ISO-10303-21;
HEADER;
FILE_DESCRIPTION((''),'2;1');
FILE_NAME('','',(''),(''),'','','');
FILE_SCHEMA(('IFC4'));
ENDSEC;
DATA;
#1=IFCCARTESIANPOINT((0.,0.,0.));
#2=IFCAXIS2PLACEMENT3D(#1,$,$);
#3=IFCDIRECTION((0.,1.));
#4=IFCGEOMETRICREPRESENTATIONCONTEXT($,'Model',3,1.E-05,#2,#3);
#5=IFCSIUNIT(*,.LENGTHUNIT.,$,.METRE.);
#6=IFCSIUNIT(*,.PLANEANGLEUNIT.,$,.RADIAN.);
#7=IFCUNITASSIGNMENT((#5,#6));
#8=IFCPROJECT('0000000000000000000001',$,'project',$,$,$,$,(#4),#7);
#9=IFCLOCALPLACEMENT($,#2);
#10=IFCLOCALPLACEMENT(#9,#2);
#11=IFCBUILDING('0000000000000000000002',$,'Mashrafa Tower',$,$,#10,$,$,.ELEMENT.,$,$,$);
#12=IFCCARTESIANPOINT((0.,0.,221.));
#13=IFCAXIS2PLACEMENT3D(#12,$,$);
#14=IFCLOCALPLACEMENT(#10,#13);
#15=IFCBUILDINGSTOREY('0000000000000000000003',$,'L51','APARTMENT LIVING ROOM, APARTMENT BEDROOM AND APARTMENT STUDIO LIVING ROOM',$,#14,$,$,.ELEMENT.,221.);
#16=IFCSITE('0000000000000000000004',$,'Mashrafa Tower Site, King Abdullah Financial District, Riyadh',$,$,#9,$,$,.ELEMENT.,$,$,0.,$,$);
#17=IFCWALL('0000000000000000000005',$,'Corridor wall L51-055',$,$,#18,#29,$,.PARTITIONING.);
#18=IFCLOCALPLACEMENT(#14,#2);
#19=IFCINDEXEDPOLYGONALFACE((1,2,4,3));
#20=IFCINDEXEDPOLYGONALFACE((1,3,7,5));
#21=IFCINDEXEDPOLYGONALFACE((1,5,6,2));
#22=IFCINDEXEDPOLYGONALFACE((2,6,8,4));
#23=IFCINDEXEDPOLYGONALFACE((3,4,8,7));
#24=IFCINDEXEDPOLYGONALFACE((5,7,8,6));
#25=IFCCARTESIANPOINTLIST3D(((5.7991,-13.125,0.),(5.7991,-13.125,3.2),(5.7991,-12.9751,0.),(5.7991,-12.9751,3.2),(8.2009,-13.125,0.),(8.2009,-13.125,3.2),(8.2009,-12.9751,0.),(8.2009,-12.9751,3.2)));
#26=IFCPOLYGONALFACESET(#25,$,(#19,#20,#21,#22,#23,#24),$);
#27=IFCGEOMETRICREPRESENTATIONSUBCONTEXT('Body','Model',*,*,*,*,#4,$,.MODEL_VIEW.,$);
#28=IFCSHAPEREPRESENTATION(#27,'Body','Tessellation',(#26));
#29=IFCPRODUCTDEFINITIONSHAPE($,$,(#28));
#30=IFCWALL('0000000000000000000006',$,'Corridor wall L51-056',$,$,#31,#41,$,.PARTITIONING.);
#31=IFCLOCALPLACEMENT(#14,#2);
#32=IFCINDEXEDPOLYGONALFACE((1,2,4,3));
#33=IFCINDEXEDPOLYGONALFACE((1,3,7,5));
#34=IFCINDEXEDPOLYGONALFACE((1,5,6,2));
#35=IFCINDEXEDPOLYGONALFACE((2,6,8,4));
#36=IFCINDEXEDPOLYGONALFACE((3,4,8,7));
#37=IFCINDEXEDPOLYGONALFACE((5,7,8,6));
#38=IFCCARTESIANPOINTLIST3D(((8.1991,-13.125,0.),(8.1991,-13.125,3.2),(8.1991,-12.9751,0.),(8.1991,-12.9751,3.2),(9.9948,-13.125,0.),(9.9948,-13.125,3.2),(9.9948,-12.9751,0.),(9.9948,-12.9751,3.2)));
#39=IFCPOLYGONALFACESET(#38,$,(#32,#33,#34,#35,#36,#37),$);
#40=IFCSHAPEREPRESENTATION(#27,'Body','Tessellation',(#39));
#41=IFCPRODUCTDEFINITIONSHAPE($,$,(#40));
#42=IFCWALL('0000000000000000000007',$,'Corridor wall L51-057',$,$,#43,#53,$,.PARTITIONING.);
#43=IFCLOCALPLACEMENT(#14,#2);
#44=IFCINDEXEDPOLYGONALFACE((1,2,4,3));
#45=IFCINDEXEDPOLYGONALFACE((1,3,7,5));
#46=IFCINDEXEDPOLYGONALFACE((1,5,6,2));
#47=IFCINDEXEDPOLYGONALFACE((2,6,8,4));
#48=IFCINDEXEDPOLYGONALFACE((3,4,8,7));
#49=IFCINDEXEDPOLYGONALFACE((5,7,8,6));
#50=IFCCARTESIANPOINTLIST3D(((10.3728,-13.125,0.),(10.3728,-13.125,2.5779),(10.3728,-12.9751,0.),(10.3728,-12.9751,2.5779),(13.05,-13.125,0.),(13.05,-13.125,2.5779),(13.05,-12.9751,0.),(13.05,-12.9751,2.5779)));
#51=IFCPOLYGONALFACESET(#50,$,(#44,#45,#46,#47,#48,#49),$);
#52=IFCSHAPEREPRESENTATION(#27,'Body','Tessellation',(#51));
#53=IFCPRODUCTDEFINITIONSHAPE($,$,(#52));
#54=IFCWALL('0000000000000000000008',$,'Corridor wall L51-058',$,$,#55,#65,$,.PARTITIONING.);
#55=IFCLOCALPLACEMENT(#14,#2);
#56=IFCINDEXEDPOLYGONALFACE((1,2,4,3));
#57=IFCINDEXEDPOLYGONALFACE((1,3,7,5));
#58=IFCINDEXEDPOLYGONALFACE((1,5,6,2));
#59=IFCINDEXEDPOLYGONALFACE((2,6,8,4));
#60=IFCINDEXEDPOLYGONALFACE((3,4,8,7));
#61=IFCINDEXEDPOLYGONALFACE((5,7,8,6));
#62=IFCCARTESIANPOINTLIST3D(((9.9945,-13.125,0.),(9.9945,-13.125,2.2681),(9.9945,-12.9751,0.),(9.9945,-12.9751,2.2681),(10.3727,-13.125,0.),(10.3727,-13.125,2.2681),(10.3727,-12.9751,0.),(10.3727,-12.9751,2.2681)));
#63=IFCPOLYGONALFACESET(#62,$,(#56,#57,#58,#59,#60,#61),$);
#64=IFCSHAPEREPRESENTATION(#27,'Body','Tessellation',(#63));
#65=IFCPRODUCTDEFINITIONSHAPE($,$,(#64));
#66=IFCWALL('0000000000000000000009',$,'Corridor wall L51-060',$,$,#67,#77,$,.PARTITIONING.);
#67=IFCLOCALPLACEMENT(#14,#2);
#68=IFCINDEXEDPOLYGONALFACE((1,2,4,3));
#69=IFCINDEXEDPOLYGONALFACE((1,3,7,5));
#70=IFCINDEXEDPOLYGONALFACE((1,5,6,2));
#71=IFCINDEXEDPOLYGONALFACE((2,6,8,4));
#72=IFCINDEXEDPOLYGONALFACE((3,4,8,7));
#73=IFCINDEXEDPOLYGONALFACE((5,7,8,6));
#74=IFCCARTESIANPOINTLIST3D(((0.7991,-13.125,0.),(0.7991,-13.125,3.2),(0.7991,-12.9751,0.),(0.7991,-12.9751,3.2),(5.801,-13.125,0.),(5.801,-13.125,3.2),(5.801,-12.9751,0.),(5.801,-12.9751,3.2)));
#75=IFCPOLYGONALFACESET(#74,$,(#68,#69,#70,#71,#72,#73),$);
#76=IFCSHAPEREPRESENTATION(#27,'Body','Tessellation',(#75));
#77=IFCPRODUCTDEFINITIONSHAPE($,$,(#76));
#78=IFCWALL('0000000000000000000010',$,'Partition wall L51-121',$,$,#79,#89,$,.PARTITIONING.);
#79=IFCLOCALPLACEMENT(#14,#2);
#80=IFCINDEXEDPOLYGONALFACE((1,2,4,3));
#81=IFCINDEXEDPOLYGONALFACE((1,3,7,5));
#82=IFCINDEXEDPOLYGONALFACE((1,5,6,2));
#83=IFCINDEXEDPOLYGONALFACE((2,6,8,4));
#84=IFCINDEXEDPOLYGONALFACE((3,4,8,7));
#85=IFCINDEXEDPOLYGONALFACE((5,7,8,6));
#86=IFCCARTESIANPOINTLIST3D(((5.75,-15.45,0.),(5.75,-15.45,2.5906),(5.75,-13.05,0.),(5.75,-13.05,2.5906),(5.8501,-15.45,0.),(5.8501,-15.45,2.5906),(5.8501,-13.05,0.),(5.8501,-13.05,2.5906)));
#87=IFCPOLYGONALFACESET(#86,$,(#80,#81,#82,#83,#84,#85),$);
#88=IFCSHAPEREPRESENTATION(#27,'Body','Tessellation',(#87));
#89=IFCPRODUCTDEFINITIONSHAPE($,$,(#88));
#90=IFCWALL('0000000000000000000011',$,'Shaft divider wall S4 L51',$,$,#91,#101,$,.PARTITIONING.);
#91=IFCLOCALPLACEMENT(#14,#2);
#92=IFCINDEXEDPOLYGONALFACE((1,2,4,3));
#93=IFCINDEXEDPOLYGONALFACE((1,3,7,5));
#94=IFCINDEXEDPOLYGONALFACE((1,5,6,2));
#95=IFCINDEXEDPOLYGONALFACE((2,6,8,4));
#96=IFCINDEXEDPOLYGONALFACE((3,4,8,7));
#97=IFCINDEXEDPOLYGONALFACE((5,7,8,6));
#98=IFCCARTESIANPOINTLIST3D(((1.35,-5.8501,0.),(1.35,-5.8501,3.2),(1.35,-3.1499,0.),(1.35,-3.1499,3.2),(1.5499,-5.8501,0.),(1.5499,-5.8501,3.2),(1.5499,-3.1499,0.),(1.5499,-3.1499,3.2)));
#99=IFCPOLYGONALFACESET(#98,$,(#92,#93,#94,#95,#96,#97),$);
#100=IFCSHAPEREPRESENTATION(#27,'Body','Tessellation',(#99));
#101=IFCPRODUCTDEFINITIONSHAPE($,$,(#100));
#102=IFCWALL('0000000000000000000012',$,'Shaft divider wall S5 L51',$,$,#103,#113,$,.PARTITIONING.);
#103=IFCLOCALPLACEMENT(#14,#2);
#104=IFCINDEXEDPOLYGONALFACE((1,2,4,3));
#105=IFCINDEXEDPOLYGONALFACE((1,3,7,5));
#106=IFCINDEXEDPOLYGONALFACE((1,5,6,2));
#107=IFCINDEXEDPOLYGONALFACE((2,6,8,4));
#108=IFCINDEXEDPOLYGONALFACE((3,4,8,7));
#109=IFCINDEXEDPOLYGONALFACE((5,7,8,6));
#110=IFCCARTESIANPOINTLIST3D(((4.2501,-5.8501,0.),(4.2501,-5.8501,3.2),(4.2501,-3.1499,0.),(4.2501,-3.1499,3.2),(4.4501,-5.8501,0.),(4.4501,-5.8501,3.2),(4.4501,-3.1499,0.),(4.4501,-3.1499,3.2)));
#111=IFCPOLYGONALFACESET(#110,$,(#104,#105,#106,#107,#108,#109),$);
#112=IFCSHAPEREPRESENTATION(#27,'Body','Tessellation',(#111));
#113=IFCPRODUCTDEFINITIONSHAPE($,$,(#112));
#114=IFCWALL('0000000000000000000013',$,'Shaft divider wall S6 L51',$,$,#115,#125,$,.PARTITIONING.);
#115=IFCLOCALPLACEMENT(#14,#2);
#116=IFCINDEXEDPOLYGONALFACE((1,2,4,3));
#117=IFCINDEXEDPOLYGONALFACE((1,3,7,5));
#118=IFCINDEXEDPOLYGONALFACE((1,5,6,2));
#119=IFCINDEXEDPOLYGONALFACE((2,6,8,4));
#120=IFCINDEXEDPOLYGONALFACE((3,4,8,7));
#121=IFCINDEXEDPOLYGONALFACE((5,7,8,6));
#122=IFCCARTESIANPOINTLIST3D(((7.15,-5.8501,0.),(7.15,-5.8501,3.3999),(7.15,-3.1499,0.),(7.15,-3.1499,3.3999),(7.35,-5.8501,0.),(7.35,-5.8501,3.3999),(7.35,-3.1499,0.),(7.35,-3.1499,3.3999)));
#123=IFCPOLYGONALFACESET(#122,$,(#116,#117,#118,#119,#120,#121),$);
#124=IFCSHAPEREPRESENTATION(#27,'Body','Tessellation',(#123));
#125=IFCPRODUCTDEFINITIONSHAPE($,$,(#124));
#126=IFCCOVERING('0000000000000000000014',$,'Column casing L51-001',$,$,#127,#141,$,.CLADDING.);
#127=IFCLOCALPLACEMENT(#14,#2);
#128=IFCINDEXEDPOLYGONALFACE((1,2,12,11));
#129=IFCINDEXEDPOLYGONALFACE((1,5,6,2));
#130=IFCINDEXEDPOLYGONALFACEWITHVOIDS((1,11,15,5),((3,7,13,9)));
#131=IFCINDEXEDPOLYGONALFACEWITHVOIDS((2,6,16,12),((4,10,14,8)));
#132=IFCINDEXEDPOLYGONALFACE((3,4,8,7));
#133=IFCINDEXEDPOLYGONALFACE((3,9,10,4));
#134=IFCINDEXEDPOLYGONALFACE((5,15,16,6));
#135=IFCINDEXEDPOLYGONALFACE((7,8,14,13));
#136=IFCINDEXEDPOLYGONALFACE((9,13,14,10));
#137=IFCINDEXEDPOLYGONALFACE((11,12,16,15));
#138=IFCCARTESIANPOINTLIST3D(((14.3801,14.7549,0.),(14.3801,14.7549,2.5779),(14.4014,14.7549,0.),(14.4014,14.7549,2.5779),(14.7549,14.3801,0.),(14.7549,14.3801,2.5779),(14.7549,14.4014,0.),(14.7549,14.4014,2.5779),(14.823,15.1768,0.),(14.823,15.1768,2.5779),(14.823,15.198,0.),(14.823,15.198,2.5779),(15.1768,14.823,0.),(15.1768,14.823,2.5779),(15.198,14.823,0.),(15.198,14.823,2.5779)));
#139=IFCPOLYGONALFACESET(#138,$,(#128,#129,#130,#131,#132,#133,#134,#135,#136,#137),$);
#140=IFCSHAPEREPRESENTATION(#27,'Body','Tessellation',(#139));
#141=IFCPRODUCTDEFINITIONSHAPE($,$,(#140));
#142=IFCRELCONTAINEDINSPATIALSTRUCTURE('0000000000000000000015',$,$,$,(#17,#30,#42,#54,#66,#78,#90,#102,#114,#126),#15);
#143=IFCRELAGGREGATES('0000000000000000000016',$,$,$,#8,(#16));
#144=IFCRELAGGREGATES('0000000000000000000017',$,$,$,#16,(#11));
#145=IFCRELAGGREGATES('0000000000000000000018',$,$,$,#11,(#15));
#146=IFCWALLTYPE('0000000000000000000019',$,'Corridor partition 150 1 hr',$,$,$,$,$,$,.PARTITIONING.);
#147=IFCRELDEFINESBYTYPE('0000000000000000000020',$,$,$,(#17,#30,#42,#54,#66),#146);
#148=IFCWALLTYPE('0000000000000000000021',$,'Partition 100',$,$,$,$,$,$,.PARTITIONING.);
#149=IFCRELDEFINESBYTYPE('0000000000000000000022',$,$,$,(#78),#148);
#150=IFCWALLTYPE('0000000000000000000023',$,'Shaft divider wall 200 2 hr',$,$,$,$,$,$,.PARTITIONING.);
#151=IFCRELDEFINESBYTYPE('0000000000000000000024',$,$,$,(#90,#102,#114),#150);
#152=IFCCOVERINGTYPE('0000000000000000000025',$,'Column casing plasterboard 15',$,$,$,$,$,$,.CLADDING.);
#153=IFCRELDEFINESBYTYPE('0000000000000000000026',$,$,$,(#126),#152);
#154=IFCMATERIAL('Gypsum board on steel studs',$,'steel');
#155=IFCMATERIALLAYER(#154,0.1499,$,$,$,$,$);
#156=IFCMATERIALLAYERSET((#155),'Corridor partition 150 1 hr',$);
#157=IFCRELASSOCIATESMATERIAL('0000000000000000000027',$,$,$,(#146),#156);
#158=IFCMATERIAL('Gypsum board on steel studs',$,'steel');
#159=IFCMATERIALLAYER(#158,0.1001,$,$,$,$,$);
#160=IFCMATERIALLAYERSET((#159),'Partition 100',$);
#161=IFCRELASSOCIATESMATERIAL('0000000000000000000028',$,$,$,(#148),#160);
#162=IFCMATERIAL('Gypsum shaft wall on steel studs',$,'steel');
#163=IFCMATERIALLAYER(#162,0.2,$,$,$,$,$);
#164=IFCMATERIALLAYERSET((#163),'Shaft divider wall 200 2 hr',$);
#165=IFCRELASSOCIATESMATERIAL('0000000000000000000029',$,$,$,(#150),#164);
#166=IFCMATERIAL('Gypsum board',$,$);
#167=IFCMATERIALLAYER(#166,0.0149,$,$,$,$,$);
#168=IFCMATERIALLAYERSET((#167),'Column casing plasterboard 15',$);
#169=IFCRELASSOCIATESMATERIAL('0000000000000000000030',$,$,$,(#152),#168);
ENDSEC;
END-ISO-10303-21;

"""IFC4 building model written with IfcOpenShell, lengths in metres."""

from ifc_helpers import new_model, si_unit, direction, frame, frame_2d, origin, place, context, subcontext, project, spatial, polyline, rectangle, outline, extrude, material, layer, layer_set, type_object, element, save


model = new_model("IFC4")

# Units and contexts
model_context = context("Model", 3, precision=1e-05, world=origin(), true_north=direction((0.0, 1.0)))
body_context = subcontext(model_context, "Body", "Model", "MODEL_VIEW")
ifc_project = project(units=[si_unit("LENGTHUNIT", "METRE"), si_unit("PLANEANGLEUNIT", "RADIAN")], contexts=[model_context])

# Site, building, storey
site_placement = place(None, origin())
site = spatial("IfcSite", under=ifc_project, at=site_placement, Name="Mashrafa Tower Site, King Abdullah Financial District, Riyadh", CompositionType="ELEMENT", RefElevation=0.0)
building_placement = place(site_placement, origin())
building = spatial("IfcBuilding", under=site, at=building_placement, Name="Mashrafa Tower", CompositionType="ELEMENT")
storey_placement = place(building_placement, frame((0.0, 0.0, 221.0)))
storey = spatial("IfcBuildingStorey", under=building, at=storey_placement, Name="L51", Description="APARTMENT LIVING ROOM, APARTMENT BEDROOM AND APARTMENT STUDIO LIVING ROOM", CompositionType="ELEMENT", Elevation=221.0)

# Walls
ifc_material_1 = material(Name="Gypsum board on steel studs", Category="steel")
ifc_layer_1 = layer(ifc_material_1, 0.1499)
ifc_layer_set_1 = layer_set([ifc_layer_1], Name="Corridor partition 150 1 hr")
wall_type_1 = type_object("IfcWallType", Name="Corridor partition 150 1 hr", PredefinedType="PARTITIONING", material=ifc_layer_set_1)
wall_1_placement = place(storey_placement, frame((5.7991, -13.05, 0.0), z_axis=(0.0, 0.0, 1.0), x_axis=(1.0, 0.0, 0.0)))
element("IfcWall", 1, at=wall_1_placement, inside=storey, type_object=wall_type_1, Name="Corridor wall L51-055", PredefinedType="PARTITIONING", context=body_context, shape_type="SweptSolid", body=[
    extrude(rectangle(XDim=2.4019, YDim=0.1499, at=frame_2d((1.2009, 0.0))), origin(), (0.0, 0.0, 1.0), 3.2),
])
wall_2_placement = place(storey_placement, frame((8.199, -13.05, 0.0), z_axis=(0.0, 0.0, 1.0), x_axis=(1.0, 0.0, 0.0)))
element("IfcWall", 2, at=wall_2_placement, inside=storey, type_object=wall_type_1, Name="Corridor wall L51-056", PredefinedType="PARTITIONING", context=body_context, shape_type="SweptSolid", body=[
    extrude(rectangle(XDim=1.7957, YDim=0.1499, at=frame_2d((0.8979, 0.0))), origin(), (0.0, 0.0, 1.0), 3.2),
])
wall_3_placement = place(storey_placement, frame((10.3728, -13.05, 0.0), z_axis=(0.0, 0.0, 1.0), x_axis=(1.0, 0.0, 0.0)))
element("IfcWall", 3, at=wall_3_placement, inside=storey, type_object=wall_type_1, Name="Corridor wall L51-057", PredefinedType="PARTITIONING", context=body_context, shape_type="SweptSolid", body=[
    extrude(rectangle(XDim=2.6772, YDim=0.1499, at=frame_2d((1.3386, 0.0))), origin(), (0.0, 0.0, 1.0), 2.5779),
])
wall_4_placement = place(storey_placement, frame((9.9946, -13.05, 0.0), z_axis=(0.0, 0.0, 1.0), x_axis=(1.0, 0.0, 0.0)))
element("IfcWall", 4, at=wall_4_placement, inside=storey, type_object=wall_type_1, Name="Corridor wall L51-058", PredefinedType="PARTITIONING", context=body_context, shape_type="SweptSolid", body=[
    extrude(rectangle(XDim=0.3782, YDim=0.1499, at=frame_2d((0.189, 0.0))), origin(), (0.0, 0.0, 1.0), 2.2681),
])
wall_5_placement = place(storey_placement, frame((0.7991, -13.05, 0.0), z_axis=(0.0, 0.0, 1.0), x_axis=(1.0, 0.0, 0.0)))
element("IfcWall", 5, at=wall_5_placement, inside=storey, type_object=wall_type_1, Name="Corridor wall L51-060", PredefinedType="PARTITIONING", context=body_context, shape_type="SweptSolid", body=[
    extrude(rectangle(XDim=5.002, YDim=0.1499, at=frame_2d((2.501, 0.0))), origin(), (0.0, 0.0, 1.0), 3.2),
])
ifc_material_2 = material(Name="Gypsum board on steel studs", Category="steel")
ifc_layer_2 = layer(ifc_material_2, 0.1001)
ifc_layer_set_2 = layer_set([ifc_layer_2], Name="Partition 100")
wall_type_2 = type_object("IfcWallType", Name="Partition 100", PredefinedType="PARTITIONING", material=ifc_layer_set_2)
wall_6_placement = place(storey_placement, frame((5.8, -13.05, 0.0), z_axis=(0.0, 0.0, 1.0), x_axis=(0.0, -1.0, 0.0)))
element("IfcWall", 6, at=wall_6_placement, inside=storey, type_object=wall_type_2, Name="Partition wall L51-121", PredefinedType="PARTITIONING", context=body_context, shape_type="SweptSolid", body=[
    extrude(rectangle(XDim=2.3999, YDim=0.1001, at=frame_2d((1.2, 0.0))), origin(), (0.0, 0.0, 1.0), 2.5906),
])
ifc_material_3 = material(Name="Gypsum shaft wall on steel studs", Category="steel")
ifc_layer_3 = layer(ifc_material_3, 0.2)
ifc_layer_set_3 = layer_set([ifc_layer_3], Name="Shaft divider wall 200 2 hr")
wall_type_3 = type_object("IfcWallType", Name="Shaft divider wall 200 2 hr", PredefinedType="PARTITIONING", material=ifc_layer_set_3)
for number, where, z_axis, x_axis, name in (
    (7, (1.45, -5.8501, 0.0), (0.0, 0.0, 1.0), (0.0, 1.0, 0.0), "Shaft divider wall S4 L51"),
    (8, (4.3501, -5.8501, 0.0), (0.0, 0.0, 1.0), (0.0, 1.0, 0.0), "Shaft divider wall S5 L51"),
):
    element("IfcWall", number, at=place(storey_placement, frame(where, z_axis=z_axis, x_axis=x_axis)), inside=storey, type_object=wall_type_3, Name=name, PredefinedType="PARTITIONING", context=body_context, shape_type="SweptSolid", body=[
        extrude(rectangle(XDim=2.7002, YDim=0.2, at=frame_2d((1.3501, 0.0))), origin(), (0.0, 0.0, 1.0), 3.2),
    ])
wall_7_placement = place(storey_placement, frame((7.25, -5.8501, 0.0), z_axis=(0.0, 0.0, 1.0), x_axis=(0.0, 1.0, 0.0)))
element("IfcWall", 9, at=wall_7_placement, inside=storey, type_object=wall_type_3, Name="Shaft divider wall S6 L51", PredefinedType="PARTITIONING", context=body_context, shape_type="SweptSolid", body=[
    extrude(rectangle(XDim=2.7002, YDim=0.2, at=frame_2d((1.3501, 0.0))), origin(), (0.0, 0.0, 1.0), 3.3999),
])

# Covering
ifc_material_4 = material(Name="Gypsum board")
ifc_layer_4 = layer(ifc_material_4, 0.0149)
ifc_layer_set_4 = layer_set([ifc_layer_4], Name="Column casing plasterboard 15")
covering_type = type_object("IfcCoveringType", Name="Column casing plasterboard 15", PredefinedType="CLADDING", material=ifc_layer_set_4)
covering_placement = place(storey_placement, origin())
element("IfcCovering", 10, at=covering_placement, inside=storey, type_object=covering_type, Name="Column casing L51-001", PredefinedType="CLADDING", context=body_context, shape_type="SweptSolid", body=[
    extrude(outline(polyline([(14.3801, 14.7549), (14.823, 15.198), (15.198, 14.823), (14.7549, 14.3801), (14.3801, 14.7549)]), holes=[polyline([(15.1768, 14.823), (14.823, 15.1768), (14.4014, 14.7549), (14.7549, 14.4014), (15.1768, 14.823)])]), origin(), (0.0, 0.0, 1.0), 2.5779),
])

save(model, "model.ifc")
